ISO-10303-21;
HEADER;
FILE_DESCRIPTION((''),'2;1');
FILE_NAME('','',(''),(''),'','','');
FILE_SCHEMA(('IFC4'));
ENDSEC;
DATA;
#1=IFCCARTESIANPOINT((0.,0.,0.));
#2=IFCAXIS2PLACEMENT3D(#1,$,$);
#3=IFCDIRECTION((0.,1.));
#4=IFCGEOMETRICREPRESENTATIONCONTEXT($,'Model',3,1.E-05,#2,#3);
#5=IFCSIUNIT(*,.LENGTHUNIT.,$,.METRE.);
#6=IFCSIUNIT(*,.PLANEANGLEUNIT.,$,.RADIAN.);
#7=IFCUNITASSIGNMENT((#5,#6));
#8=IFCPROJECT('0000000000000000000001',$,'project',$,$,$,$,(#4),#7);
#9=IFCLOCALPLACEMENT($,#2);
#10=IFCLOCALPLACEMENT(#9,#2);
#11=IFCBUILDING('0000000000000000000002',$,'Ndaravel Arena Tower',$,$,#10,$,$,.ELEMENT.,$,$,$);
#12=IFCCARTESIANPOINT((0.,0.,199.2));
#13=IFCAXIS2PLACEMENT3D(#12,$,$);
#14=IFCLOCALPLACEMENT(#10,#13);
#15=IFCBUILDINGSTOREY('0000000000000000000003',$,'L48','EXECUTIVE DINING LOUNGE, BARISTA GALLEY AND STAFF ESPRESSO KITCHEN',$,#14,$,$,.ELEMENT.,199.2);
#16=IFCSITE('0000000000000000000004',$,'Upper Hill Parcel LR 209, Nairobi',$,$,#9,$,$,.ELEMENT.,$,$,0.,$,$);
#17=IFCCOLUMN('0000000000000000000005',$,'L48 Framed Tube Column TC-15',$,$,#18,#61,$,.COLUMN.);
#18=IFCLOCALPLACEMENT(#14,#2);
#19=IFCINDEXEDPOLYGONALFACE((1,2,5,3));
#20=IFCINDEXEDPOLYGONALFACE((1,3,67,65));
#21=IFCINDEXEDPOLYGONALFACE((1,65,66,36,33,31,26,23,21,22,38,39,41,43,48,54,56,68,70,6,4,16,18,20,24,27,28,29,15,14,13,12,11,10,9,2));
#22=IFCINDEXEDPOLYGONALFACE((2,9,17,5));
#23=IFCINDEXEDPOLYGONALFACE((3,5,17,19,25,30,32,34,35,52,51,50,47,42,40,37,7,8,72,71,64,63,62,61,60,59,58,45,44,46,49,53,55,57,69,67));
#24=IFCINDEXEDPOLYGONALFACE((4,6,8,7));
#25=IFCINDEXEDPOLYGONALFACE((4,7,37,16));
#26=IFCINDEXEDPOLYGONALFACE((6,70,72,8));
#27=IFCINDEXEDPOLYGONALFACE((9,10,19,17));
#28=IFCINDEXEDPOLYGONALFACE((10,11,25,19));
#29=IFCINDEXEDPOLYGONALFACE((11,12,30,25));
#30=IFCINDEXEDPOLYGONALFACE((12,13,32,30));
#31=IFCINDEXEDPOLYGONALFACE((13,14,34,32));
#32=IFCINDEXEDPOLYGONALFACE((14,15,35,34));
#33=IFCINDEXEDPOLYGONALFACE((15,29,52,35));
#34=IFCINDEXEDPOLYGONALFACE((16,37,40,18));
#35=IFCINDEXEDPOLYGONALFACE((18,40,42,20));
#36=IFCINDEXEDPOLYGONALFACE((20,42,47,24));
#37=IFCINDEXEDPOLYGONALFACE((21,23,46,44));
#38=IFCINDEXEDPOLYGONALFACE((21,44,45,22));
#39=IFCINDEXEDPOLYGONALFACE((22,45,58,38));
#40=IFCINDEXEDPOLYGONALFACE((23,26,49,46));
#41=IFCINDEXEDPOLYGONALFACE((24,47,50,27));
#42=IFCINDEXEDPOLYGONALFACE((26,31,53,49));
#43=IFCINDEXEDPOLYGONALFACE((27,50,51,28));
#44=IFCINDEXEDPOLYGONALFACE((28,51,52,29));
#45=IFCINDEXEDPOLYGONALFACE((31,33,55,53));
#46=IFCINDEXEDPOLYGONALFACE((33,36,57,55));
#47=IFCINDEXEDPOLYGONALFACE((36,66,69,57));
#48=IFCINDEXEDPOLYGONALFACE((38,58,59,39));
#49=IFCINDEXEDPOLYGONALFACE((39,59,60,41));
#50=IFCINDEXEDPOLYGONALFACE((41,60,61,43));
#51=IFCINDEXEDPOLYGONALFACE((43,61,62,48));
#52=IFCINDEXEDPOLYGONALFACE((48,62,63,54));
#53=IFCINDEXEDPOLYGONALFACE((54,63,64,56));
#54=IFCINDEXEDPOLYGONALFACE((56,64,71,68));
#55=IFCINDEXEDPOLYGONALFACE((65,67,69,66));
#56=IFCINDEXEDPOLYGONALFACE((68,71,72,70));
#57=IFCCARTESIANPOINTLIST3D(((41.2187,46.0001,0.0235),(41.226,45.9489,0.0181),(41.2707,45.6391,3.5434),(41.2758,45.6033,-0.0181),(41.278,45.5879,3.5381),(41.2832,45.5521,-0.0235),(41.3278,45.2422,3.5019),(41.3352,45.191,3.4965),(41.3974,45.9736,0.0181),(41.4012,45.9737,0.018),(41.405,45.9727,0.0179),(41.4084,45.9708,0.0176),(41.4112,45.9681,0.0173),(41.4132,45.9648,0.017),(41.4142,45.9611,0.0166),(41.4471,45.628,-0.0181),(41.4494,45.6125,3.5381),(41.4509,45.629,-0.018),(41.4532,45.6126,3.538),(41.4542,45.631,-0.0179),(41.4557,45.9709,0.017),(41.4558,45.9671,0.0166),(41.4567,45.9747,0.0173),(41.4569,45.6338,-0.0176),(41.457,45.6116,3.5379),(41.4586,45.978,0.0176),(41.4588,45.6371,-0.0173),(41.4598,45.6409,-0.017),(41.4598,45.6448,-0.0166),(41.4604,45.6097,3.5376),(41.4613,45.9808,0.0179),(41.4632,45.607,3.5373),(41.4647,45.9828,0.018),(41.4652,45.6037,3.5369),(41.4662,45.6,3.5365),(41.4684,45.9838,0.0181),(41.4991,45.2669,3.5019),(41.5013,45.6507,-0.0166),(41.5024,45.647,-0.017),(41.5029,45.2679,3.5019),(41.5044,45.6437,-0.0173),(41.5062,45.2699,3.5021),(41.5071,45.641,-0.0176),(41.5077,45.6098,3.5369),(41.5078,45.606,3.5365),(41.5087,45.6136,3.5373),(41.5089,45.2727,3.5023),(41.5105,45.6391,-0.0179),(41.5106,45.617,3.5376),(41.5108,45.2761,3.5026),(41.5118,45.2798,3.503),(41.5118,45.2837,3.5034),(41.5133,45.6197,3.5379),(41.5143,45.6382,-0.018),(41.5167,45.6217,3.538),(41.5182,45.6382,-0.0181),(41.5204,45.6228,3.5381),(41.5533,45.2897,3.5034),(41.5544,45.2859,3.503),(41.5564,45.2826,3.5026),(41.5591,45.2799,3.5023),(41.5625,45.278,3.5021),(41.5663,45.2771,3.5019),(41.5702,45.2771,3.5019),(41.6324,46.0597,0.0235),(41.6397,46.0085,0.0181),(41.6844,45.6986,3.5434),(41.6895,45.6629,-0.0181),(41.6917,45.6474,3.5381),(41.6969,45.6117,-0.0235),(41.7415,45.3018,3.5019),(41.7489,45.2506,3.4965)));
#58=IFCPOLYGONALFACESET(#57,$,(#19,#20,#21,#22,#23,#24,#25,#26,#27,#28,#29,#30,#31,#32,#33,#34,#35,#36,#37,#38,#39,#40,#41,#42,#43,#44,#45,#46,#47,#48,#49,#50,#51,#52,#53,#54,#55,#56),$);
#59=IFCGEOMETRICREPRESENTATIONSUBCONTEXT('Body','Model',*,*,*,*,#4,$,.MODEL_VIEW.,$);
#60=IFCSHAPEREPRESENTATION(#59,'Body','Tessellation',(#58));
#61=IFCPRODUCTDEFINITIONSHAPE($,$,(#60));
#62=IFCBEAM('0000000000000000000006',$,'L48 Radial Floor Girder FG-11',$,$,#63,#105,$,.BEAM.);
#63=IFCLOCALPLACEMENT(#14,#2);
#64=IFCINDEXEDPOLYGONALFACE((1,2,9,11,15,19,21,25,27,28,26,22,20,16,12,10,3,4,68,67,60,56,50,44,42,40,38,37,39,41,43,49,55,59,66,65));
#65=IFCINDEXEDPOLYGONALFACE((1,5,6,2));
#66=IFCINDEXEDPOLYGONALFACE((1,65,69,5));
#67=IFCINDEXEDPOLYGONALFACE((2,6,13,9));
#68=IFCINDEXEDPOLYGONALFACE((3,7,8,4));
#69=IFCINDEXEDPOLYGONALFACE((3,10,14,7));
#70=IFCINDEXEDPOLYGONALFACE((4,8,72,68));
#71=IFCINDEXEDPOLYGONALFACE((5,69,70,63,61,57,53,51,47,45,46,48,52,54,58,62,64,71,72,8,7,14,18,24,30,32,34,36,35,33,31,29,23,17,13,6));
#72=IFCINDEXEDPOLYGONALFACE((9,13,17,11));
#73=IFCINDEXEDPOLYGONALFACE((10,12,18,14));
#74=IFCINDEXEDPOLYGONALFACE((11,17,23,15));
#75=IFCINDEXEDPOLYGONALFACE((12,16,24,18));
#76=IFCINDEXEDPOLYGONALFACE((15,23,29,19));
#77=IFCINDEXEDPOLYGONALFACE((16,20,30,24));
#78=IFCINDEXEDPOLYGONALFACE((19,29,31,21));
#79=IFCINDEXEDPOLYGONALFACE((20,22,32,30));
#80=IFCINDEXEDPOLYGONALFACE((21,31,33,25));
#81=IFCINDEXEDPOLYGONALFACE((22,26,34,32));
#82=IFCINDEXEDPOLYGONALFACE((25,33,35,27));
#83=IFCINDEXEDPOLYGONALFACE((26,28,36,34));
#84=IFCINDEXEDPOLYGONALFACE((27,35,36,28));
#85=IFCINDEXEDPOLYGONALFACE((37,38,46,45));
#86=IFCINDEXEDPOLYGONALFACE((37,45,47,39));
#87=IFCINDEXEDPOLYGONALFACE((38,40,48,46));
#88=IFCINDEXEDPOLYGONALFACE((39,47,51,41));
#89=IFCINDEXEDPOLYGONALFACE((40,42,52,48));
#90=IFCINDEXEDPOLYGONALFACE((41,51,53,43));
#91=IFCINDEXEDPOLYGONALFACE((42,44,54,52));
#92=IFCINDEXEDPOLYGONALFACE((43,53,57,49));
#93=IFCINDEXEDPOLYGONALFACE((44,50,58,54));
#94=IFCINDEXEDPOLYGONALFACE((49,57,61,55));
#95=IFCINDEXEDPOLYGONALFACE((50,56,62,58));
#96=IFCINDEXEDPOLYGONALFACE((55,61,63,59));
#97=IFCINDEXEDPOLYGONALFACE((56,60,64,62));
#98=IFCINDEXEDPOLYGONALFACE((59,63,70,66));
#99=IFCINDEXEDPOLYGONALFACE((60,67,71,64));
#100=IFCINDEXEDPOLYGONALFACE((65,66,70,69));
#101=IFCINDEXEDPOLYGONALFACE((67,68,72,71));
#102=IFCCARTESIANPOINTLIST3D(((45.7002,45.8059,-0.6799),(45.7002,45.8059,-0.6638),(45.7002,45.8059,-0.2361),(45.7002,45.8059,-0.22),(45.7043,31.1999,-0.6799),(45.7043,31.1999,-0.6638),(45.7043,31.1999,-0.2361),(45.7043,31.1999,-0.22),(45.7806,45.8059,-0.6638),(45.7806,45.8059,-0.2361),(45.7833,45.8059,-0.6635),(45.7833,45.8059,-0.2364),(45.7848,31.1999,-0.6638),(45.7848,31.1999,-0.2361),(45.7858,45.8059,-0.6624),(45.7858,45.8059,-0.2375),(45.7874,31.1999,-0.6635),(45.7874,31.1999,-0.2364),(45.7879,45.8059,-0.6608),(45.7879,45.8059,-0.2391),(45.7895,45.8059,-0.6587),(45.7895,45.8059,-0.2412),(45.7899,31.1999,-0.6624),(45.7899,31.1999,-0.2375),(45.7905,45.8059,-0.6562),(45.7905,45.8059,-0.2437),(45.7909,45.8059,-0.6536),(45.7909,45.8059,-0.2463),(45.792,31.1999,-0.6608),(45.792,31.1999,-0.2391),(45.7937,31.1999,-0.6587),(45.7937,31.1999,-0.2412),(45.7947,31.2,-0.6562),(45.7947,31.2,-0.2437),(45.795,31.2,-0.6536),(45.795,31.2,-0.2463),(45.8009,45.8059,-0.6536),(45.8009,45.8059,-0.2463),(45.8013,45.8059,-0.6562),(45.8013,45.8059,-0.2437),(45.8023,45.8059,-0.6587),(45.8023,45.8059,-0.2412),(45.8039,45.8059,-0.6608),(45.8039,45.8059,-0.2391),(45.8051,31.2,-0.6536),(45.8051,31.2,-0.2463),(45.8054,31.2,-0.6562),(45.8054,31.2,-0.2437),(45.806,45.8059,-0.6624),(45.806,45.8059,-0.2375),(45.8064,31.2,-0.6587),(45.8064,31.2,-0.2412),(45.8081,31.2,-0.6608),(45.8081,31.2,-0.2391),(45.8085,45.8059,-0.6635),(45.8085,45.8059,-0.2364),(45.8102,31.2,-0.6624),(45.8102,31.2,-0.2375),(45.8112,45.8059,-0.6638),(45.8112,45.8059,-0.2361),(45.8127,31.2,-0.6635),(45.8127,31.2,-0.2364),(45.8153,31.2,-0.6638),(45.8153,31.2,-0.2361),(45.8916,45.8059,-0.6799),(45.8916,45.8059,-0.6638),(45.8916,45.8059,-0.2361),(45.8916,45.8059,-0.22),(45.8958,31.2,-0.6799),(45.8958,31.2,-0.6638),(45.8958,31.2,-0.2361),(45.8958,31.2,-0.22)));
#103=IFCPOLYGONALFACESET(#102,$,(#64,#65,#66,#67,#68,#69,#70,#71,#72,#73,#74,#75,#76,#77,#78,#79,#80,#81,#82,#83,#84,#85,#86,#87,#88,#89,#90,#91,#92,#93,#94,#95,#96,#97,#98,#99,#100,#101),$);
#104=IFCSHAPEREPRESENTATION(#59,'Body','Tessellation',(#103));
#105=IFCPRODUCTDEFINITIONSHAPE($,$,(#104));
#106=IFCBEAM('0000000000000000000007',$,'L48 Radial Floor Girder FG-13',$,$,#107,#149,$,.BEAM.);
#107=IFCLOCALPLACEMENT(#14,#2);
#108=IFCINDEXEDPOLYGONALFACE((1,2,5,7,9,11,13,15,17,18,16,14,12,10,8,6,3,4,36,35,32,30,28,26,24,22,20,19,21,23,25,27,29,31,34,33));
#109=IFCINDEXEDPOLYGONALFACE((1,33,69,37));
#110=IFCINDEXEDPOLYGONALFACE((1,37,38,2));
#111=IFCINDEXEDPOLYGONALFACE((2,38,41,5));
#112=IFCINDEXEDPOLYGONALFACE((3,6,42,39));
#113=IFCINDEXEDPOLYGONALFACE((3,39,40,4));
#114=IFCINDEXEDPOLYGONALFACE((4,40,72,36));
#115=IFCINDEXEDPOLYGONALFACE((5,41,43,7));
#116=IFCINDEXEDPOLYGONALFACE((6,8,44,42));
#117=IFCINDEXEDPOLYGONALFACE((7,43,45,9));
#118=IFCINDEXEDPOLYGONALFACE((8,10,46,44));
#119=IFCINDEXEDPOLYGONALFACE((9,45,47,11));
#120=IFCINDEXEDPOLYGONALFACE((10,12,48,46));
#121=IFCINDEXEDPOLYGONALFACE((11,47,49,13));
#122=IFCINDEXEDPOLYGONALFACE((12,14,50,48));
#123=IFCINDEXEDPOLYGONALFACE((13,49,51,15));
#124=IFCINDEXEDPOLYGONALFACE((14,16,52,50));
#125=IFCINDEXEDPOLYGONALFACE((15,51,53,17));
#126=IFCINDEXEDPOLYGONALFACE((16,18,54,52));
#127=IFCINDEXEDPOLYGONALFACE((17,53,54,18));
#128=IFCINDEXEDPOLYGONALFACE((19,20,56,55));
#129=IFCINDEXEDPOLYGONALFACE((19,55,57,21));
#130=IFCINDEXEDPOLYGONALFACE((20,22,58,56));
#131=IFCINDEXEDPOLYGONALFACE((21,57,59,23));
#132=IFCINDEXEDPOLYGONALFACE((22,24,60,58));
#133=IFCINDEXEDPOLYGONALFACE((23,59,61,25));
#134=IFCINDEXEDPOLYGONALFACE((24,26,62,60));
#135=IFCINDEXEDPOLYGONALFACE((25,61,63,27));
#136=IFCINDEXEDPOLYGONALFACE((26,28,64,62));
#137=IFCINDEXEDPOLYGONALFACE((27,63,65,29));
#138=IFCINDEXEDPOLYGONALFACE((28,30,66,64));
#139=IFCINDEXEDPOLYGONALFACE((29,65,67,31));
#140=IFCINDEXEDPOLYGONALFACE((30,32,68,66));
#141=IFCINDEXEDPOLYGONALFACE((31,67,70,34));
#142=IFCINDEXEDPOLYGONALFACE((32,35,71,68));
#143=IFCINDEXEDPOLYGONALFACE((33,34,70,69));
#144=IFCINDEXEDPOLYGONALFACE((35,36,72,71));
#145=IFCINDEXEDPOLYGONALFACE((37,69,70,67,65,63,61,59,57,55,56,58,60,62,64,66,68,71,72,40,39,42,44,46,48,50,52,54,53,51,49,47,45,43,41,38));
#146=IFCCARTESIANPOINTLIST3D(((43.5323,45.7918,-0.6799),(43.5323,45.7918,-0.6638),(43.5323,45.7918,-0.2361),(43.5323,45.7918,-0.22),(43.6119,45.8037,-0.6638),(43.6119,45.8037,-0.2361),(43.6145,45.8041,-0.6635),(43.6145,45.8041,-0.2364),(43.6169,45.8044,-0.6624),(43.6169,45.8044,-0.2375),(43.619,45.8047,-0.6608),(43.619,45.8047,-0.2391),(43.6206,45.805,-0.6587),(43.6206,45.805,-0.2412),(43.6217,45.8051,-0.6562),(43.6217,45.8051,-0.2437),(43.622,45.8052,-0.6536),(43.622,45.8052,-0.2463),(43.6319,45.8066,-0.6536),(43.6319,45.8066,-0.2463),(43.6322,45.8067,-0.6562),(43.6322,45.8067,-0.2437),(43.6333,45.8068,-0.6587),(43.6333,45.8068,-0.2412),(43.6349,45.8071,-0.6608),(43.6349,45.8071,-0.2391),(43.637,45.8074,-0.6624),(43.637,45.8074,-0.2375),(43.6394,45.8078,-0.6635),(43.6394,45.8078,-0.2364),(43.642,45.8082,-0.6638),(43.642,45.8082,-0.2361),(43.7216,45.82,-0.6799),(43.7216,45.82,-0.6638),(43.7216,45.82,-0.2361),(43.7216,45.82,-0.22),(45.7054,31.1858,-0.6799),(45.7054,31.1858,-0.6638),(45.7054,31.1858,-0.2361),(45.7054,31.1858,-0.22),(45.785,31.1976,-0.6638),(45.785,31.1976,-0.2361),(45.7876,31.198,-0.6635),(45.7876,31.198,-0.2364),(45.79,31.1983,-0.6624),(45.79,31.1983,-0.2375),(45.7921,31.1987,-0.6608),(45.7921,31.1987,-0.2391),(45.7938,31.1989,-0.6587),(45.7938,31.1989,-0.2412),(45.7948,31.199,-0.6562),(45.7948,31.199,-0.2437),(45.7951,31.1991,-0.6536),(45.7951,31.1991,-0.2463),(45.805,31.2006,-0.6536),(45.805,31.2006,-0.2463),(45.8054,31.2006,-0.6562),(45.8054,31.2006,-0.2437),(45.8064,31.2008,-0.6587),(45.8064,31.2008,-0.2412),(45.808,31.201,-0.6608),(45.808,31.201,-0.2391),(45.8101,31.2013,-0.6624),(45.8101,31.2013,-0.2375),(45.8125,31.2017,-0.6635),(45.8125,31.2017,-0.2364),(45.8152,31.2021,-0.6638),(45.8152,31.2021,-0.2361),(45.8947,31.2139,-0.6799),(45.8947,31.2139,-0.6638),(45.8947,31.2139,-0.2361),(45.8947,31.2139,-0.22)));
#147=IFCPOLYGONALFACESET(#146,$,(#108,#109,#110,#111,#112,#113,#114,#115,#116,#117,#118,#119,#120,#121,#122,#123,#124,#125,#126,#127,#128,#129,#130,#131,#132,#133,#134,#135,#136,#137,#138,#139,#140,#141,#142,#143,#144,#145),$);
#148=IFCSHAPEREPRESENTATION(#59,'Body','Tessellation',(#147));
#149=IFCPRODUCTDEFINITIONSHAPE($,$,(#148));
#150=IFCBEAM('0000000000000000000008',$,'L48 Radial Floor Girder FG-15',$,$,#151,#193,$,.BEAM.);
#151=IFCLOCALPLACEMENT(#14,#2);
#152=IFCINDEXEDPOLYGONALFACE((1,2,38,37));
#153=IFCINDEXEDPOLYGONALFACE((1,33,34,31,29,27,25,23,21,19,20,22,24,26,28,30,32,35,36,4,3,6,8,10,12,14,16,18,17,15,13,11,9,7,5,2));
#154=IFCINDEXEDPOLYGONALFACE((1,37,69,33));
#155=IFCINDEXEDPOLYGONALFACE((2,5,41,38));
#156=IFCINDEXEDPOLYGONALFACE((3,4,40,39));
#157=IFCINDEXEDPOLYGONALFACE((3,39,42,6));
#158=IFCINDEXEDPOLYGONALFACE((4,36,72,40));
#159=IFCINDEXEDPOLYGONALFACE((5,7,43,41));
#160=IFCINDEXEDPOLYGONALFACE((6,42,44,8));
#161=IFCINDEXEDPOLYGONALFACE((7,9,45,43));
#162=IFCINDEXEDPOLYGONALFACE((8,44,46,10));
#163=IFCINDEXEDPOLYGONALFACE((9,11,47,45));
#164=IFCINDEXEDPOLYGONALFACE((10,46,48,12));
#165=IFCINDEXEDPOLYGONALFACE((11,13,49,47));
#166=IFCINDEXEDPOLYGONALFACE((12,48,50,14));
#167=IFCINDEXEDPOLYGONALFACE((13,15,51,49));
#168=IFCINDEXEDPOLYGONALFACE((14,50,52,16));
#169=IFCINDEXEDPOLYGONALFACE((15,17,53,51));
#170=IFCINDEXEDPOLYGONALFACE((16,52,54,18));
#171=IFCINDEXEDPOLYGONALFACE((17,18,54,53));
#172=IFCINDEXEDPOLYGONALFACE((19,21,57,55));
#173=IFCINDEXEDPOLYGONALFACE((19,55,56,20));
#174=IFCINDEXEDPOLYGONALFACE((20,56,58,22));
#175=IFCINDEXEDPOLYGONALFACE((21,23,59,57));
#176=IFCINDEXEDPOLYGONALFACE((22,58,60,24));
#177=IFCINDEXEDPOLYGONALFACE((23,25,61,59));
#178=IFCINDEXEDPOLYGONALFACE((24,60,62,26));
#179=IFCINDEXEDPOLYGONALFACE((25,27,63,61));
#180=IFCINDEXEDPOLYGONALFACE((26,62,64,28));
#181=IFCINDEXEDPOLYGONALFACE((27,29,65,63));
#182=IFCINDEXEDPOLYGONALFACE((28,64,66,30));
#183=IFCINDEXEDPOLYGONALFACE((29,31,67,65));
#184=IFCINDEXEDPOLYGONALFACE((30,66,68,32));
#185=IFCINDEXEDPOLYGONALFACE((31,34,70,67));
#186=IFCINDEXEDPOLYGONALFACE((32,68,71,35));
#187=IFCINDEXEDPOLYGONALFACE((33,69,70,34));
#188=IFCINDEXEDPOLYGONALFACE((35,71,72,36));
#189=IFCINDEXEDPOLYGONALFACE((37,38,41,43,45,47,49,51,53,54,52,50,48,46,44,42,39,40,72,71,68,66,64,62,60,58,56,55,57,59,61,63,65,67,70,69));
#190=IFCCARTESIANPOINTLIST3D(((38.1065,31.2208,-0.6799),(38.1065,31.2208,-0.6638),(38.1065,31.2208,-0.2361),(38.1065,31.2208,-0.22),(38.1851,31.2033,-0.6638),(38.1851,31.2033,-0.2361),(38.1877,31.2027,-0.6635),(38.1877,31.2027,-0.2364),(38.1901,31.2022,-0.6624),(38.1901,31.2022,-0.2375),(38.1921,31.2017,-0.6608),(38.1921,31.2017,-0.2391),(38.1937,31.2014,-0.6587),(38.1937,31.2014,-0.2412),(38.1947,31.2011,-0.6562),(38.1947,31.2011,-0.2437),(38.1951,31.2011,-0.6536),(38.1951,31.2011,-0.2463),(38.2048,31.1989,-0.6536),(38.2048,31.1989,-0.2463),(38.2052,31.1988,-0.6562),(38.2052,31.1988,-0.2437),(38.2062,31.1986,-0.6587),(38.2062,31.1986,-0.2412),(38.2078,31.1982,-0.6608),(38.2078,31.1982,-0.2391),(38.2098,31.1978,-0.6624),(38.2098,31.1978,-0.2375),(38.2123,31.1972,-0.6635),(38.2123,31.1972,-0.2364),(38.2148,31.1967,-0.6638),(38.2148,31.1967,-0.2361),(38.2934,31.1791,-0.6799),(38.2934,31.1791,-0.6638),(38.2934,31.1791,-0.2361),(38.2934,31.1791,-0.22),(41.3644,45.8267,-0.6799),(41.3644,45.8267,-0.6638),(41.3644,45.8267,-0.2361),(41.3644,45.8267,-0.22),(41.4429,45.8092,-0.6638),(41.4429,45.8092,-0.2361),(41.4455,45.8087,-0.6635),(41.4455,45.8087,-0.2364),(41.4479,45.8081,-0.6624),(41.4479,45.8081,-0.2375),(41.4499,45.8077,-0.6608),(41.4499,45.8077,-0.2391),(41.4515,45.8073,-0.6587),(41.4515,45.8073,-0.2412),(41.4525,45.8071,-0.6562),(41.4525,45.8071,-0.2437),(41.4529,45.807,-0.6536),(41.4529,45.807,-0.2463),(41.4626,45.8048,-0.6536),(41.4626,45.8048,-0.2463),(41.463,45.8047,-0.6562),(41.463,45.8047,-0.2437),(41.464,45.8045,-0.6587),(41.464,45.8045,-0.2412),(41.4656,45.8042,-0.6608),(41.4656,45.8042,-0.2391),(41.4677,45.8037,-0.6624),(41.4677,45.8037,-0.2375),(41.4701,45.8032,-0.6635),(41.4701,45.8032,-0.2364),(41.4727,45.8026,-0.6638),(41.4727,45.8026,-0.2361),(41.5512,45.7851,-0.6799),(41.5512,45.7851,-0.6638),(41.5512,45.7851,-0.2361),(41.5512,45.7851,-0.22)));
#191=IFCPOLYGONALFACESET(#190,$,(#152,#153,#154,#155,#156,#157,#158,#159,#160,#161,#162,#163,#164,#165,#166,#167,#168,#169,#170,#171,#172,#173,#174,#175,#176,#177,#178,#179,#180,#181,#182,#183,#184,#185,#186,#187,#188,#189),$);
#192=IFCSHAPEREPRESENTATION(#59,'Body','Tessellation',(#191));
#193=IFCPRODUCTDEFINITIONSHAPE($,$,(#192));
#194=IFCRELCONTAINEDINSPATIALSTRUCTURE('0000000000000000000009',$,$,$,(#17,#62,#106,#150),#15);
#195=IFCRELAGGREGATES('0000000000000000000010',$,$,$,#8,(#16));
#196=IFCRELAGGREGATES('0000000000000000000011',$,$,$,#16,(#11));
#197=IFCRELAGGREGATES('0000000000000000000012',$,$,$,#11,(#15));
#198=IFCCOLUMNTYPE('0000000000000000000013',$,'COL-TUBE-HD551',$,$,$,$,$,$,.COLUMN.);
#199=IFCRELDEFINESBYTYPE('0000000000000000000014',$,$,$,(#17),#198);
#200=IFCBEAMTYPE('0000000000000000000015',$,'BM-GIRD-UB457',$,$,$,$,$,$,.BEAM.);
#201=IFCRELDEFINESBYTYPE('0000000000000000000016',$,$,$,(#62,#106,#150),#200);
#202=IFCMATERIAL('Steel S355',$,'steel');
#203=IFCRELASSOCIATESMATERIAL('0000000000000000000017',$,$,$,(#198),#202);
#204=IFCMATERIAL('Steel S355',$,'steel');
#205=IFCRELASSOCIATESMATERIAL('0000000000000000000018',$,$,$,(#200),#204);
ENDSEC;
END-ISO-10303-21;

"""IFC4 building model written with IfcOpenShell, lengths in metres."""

from ifc_helpers import new_model, si_unit, direction, frame, origin, origin_2d, place, context, subcontext, project, spatial, i_section, extrude, material, material_profile, profile_set, type_object, element, save


model = new_model("IFC4")

# Units and contexts
model_context = context("Model", 3, precision=1e-05, world=origin(), true_north=direction((0.0, 1.0)))
body_context = subcontext(model_context, "Body", "Model", "MODEL_VIEW")
ifc_project = project(units=[si_unit("LENGTHUNIT", "METRE"), si_unit("PLANEANGLEUNIT", "RADIAN")], contexts=[model_context])

# Site, building, storey
site_placement = place(None, origin())
site = spatial("IfcSite", under=ifc_project, at=site_placement, Name="Upper Hill Parcel LR 209, Nairobi", CompositionType="ELEMENT", RefElevation=0.0)
building_placement = place(site_placement, origin())
building = spatial("IfcBuilding", under=site, at=building_placement, Name="Ndaravel Arena Tower", CompositionType="ELEMENT")
storey_placement = place(building_placement, frame((0.0, 0.0, 199.2)))
storey = spatial("IfcBuildingStorey", under=building, at=storey_placement, Name="L48", Description="EXECUTIVE DINING LOUNGE, BARISTA GALLEY AND STAFF ESPRESSO KITCHEN", CompositionType="ELEMENT", Elevation=199.2)

# Column
ifc_material_1 = material(Name="Steel S355", Category="steel")
ifc_material_profile_1 = material_profile(ifc_material_1, i_section(OverallWidth=0.418, OverallDepth=0.4551, WebThickness=0.042, FlangeThickness=0.052, FilletRadius=0.0149, at=origin_2d()), Name="HD 400x551")
ifc_profile_set_1 = profile_set([ifc_material_profile_1], Name="Steel S355")
column_type = type_object("IfcColumnType", Name="COL-TUBE-HD551", PredefinedType="COLUMN", material=ifc_profile_set_1)
for number, where, z_axis, x_axis, name in (
    (1, (41.4578, 45.8059, 0.0), (0.014694, -0.102034, 0.994672), (0.989788, 0.142546, 0.0), "L48 Framed Tube Column TC-15"),
):
    element("IfcColumn", number, at=place(storey_placement, frame(where, z_axis=z_axis, x_axis=x_axis)), inside=storey, type_object=column_type, Name=name, PredefinedType="COLUMN", context=body_context, shape_type="SweptSolid", body=[
        extrude(i_section(OverallWidth=0.418, OverallDepth=0.4551, WebThickness=0.042, FlangeThickness=0.052, FilletRadius=0.0149, at=origin_2d()), origin(), (0.0, 0.0, 1.0), 3.5388),
    ])

# Beams
ifc_material_2 = material(Name="Steel S355", Category="steel")
ifc_material_profile_2 = material_profile(ifc_material_2, i_section(OverallWidth=0.1914, OverallDepth=0.46, WebThickness=0.01, FlangeThickness=0.0161, FilletRadius=0.0103, at=origin_2d()), Name="UB 457x191x82")
ifc_profile_set_2 = profile_set([ifc_material_profile_2], Name="Steel S355")
beam_type_1 = type_object("IfcBeamType", Name="BM-GIRD-UB457", PredefinedType="BEAM", material=ifc_profile_set_2)
beam_1_placement = place(storey_placement, frame((45.7959, 45.8059, -0.45), z_axis=(0.000284, -1.0, 0.0), x_axis=(1.0, 0.000284, 0.0)))
element("IfcBeam", 2, at=beam_1_placement, inside=storey, type_object=beam_type_1, Name="L48 Radial Floor Girder FG-11", PredefinedType="BEAM", context=body_context, shape_type="SweptSolid", body=[
    extrude(i_section(OverallWidth=0.1914, OverallDepth=0.46, WebThickness=0.01, FlangeThickness=0.0161, FilletRadius=0.0103, at=origin_2d()), origin(), (0.0, 0.0, 1.0), 14.606),
])
beam_2_placement = place(storey_placement, frame((43.627, 45.8059, -0.45), z_axis=(0.147162, -0.989112, 0.0), x_axis=(0.989112, 0.147162, 0.0)))
element("IfcBeam", 3, at=beam_2_placement, inside=storey, type_object=beam_type_1, Name="L48 Radial Floor Girder FG-13", PredefinedType="BEAM", context=body_context, shape_type="SweptSolid", body=[
    extrude(i_section(OverallWidth=0.1914, OverallDepth=0.46, WebThickness=0.01, FlangeThickness=0.0161, FilletRadius=0.0103, at=origin_2d()), origin(), (0.0, 0.0, 1.0), 14.7668),
])
beam_3_placement = place(storey_placement, frame((41.4578, 45.8059, -0.45), z_axis=(-0.217697, -0.976016, 0.0), x_axis=(0.976016, -0.217697, 0.0)))
element("IfcBeam", 4, at=beam_3_placement, inside=storey, type_object=beam_type_1, Name="L48 Radial Floor Girder FG-15", PredefinedType="BEAM", context=body_context, shape_type="SweptSolid", body=[
    extrude(i_section(OverallWidth=0.1914, OverallDepth=0.46, WebThickness=0.01, FlangeThickness=0.0161, FilletRadius=0.0103, at=origin_2d()), origin(), (0.0, 0.0, 1.0), 14.9648),
])

save(model, "model.ifc")
